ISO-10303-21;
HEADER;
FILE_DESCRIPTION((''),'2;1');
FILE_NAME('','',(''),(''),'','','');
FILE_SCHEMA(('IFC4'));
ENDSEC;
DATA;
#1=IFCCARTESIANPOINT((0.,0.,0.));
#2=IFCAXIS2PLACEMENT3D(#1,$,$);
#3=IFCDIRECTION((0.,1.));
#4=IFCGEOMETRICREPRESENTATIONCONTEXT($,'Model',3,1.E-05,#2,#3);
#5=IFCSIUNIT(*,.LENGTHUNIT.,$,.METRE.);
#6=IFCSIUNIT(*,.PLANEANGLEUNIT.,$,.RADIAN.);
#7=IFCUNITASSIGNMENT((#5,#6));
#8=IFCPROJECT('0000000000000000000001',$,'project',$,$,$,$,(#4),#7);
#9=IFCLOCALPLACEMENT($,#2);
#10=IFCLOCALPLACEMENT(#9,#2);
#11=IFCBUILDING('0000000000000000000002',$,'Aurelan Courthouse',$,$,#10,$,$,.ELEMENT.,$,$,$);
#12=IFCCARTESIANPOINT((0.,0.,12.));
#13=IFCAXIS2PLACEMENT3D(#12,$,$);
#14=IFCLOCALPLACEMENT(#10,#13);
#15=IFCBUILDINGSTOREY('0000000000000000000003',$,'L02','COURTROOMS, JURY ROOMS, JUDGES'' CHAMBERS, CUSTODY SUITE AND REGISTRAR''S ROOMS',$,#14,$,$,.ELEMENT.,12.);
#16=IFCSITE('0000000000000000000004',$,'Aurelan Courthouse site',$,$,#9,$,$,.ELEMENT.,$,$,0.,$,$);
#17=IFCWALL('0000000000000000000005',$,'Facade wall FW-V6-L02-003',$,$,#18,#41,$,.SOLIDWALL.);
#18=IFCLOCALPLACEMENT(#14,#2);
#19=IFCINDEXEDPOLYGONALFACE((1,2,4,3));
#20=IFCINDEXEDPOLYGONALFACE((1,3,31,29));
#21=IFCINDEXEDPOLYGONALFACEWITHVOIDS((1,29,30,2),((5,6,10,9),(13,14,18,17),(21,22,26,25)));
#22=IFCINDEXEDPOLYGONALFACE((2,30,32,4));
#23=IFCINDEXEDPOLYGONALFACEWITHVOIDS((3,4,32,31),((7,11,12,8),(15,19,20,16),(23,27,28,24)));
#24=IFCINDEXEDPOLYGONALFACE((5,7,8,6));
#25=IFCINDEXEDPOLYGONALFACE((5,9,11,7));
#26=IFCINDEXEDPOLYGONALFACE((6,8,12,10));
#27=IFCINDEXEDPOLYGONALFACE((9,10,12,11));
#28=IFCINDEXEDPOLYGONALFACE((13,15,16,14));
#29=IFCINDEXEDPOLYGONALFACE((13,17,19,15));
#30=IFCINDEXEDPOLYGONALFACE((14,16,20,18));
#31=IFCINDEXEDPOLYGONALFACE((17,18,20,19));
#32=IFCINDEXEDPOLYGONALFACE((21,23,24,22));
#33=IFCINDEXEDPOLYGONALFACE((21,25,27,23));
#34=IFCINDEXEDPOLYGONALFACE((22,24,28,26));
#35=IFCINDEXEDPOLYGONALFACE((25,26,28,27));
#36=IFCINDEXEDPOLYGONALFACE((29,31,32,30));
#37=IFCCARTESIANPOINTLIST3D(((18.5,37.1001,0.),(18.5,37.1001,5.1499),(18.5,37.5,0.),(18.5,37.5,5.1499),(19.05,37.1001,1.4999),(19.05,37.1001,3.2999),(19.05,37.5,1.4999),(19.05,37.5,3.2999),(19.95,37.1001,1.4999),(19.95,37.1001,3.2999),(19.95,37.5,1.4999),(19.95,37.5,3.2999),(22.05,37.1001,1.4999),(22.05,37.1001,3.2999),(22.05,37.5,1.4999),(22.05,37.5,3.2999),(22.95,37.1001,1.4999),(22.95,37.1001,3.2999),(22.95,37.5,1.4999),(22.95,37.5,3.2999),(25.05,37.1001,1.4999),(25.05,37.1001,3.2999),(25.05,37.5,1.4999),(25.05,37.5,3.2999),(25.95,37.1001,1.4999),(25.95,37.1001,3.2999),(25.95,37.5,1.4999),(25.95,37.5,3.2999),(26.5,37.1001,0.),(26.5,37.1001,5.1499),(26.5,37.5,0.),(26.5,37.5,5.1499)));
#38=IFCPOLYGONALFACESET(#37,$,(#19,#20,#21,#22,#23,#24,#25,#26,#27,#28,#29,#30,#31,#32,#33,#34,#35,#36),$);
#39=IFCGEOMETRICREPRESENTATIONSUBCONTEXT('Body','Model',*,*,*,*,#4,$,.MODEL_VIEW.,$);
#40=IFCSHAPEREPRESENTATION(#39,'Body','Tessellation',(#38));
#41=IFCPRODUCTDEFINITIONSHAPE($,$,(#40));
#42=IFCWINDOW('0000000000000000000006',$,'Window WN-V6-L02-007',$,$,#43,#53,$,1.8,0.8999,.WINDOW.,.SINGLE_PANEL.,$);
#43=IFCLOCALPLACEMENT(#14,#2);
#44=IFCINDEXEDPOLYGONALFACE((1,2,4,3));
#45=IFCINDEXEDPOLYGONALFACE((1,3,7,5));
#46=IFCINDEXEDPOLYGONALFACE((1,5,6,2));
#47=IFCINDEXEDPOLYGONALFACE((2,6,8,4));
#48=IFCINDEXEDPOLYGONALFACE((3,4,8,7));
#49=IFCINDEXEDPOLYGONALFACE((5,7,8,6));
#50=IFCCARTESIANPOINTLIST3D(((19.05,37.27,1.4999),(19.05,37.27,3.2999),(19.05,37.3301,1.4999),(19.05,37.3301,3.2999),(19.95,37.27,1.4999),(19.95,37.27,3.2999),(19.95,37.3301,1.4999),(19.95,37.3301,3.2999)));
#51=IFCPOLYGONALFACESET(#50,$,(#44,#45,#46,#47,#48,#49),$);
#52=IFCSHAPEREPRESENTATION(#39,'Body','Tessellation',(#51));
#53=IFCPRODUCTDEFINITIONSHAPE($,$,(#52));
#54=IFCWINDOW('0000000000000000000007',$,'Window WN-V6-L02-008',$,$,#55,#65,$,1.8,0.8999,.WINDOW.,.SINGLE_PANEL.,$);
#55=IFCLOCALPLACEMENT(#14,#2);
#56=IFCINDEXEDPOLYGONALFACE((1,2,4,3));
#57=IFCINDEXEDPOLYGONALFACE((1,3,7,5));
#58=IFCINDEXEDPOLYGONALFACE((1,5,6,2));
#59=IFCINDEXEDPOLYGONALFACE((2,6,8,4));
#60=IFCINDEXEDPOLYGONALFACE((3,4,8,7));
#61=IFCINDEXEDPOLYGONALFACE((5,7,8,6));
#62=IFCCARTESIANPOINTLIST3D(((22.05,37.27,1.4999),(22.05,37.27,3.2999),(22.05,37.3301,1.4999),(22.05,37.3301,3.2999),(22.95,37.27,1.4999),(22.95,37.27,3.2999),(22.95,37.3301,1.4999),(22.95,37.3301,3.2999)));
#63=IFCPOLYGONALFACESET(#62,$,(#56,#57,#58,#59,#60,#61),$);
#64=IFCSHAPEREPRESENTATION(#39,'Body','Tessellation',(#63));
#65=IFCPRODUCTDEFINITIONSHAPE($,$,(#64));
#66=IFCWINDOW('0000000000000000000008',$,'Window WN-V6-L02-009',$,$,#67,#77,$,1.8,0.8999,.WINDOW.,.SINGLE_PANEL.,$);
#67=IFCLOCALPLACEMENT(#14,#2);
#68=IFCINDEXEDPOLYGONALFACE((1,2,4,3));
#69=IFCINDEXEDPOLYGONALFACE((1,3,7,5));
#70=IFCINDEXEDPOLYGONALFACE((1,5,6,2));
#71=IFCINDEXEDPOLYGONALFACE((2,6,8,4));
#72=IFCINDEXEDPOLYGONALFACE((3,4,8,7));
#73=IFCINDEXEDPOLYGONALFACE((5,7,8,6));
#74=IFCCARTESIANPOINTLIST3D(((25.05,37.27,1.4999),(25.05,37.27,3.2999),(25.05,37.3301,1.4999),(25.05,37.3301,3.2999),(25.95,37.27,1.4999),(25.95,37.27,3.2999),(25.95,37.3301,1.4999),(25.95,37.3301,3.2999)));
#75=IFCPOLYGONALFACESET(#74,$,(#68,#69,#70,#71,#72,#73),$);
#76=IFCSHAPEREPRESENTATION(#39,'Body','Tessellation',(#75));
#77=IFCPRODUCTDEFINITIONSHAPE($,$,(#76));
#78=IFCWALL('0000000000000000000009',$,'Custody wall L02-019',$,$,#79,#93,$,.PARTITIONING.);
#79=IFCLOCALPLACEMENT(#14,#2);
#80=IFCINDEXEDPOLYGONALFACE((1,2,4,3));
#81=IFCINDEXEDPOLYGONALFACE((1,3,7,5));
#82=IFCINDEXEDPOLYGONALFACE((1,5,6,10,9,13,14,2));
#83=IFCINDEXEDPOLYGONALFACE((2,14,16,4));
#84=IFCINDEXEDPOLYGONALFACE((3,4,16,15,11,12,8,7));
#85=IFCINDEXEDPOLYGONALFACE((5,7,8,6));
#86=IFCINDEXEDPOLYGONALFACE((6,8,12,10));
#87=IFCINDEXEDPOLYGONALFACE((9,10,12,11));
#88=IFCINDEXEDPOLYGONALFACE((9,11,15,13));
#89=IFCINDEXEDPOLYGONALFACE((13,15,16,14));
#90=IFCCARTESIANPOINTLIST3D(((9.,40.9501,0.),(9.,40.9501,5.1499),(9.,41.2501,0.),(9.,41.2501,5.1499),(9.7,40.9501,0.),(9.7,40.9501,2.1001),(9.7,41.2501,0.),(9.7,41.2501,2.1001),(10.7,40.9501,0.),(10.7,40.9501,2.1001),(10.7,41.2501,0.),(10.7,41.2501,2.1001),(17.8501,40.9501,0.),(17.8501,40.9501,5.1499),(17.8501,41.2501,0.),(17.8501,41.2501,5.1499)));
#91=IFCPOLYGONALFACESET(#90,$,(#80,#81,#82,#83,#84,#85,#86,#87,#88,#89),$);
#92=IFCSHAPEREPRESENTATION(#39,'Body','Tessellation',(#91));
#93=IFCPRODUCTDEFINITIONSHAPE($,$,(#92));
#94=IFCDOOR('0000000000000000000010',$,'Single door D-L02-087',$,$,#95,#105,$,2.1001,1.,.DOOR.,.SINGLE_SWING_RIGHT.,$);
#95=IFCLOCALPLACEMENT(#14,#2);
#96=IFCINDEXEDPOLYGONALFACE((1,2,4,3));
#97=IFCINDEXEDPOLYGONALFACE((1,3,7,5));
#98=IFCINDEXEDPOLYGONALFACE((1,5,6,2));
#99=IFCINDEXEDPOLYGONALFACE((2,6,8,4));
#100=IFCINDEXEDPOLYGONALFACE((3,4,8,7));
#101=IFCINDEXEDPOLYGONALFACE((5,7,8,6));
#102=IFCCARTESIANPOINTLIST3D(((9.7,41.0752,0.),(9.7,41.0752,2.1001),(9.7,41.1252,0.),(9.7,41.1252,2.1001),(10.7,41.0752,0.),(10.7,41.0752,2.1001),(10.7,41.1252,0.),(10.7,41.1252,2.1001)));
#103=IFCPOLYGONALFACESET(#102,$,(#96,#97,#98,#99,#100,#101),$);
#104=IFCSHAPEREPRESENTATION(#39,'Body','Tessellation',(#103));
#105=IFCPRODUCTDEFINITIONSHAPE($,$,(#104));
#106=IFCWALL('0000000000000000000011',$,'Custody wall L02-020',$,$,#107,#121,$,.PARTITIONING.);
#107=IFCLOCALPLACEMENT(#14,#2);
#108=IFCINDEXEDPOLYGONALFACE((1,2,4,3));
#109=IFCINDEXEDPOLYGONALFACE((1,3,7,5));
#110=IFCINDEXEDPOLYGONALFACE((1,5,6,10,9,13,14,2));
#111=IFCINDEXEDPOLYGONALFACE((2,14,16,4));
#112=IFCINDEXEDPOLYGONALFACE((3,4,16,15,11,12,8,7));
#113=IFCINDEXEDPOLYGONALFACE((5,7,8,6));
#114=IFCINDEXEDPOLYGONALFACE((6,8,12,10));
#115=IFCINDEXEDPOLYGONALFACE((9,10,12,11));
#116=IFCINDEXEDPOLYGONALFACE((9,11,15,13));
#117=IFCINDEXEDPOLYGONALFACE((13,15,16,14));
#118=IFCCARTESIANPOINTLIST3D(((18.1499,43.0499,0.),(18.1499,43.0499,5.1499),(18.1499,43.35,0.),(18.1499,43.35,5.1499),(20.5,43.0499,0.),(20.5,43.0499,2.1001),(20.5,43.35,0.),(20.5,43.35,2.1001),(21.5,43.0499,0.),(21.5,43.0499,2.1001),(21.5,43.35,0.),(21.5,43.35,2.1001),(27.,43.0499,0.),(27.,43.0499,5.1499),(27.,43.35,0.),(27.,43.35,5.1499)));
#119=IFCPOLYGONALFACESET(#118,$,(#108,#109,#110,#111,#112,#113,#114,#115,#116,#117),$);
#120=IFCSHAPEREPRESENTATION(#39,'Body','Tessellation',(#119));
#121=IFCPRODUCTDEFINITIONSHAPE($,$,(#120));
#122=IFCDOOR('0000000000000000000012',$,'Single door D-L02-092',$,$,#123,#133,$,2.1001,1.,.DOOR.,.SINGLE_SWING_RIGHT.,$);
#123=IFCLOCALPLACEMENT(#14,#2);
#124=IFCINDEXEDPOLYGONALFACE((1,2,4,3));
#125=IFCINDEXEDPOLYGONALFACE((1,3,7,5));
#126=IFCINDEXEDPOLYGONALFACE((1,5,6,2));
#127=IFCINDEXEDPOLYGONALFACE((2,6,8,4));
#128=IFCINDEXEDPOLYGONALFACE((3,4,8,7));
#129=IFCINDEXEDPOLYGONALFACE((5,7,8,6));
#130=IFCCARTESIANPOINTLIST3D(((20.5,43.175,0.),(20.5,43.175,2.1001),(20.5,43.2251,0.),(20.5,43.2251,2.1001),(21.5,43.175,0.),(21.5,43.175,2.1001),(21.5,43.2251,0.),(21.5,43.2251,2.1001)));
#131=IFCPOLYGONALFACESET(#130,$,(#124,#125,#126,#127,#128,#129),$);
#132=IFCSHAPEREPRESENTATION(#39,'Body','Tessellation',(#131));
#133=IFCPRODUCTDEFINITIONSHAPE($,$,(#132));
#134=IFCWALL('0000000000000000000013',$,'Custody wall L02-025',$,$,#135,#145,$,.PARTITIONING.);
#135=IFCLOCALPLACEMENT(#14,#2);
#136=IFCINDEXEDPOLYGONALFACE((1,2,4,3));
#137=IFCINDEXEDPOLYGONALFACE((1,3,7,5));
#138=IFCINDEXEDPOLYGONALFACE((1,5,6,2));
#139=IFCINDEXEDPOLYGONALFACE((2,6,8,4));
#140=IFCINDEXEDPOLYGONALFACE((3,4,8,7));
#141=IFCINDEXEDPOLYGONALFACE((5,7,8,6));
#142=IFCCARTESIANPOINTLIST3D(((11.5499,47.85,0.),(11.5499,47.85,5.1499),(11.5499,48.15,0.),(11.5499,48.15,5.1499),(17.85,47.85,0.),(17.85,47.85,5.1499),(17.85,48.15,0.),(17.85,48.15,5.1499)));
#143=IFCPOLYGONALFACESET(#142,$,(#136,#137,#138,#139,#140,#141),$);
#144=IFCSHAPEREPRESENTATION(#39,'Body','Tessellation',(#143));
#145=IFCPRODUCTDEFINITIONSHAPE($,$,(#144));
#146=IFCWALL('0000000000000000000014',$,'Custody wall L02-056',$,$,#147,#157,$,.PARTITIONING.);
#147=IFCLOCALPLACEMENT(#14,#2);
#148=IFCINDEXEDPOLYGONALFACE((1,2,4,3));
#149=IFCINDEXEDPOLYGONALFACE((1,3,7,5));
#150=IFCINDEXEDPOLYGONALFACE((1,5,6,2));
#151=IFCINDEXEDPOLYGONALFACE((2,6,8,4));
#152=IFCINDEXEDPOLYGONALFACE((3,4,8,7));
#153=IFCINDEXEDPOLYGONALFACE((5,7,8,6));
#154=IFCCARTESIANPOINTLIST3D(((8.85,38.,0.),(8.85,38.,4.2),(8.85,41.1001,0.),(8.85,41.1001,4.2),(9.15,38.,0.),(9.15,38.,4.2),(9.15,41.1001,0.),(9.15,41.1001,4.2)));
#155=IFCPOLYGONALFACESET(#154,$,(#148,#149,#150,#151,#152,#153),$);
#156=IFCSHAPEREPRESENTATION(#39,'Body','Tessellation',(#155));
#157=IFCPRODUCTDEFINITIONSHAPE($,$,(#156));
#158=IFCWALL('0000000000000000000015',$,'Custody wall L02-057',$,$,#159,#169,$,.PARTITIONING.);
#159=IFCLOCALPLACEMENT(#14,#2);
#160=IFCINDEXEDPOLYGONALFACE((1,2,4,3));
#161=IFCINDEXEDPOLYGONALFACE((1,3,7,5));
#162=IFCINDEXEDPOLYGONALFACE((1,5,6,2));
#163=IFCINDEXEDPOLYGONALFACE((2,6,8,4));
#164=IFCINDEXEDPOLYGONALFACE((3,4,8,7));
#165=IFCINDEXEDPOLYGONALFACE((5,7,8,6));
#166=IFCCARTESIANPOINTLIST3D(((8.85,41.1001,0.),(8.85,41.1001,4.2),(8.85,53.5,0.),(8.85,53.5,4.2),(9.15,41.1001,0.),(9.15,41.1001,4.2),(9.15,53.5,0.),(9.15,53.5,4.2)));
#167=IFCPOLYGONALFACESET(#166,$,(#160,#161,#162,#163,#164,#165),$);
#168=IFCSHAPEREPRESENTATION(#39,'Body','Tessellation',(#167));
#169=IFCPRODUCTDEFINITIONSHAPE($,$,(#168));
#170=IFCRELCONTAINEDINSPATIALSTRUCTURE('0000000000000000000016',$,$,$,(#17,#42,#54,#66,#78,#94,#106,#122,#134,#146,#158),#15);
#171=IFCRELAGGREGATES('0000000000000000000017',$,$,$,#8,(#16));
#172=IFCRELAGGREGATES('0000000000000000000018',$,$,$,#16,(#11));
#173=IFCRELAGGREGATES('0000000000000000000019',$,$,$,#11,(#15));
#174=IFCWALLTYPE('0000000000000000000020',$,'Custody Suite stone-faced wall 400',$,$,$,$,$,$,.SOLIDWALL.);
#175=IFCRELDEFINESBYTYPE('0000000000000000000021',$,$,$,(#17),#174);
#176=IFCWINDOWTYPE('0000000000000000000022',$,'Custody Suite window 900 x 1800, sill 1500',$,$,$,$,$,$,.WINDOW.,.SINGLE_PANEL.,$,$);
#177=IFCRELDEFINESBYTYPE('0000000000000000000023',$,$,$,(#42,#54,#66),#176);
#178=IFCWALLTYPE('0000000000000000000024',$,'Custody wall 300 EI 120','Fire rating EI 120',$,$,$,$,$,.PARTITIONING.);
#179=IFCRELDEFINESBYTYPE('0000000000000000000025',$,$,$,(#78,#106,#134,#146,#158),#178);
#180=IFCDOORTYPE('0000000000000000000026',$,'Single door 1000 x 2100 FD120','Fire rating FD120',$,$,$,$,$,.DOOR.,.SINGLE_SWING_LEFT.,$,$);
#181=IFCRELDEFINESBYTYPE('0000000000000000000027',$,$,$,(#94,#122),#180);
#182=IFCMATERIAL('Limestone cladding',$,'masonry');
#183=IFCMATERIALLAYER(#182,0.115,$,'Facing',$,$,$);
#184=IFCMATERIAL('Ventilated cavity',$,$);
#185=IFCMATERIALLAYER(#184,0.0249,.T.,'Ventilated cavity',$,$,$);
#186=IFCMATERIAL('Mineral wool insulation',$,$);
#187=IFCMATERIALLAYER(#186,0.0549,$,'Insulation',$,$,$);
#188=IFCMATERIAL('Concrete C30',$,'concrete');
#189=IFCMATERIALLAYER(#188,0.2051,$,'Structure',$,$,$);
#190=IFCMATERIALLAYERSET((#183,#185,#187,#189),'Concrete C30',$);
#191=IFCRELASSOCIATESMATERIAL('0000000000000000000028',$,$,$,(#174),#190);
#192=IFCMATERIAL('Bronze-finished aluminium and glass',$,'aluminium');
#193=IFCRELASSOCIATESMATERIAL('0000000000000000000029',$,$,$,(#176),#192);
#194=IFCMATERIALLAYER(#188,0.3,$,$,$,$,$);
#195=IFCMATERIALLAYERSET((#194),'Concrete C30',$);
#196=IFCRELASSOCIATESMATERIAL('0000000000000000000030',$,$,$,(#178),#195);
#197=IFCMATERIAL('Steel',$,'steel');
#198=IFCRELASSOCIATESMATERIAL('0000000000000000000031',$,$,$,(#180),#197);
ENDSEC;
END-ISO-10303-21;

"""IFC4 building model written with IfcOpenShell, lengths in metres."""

from ifc_helpers import new_model, si_unit, direction, frame, frame_2d, origin, place, context, subcontext, project, spatial, rectangle, extrude, material, layer, layer_set, type_object, element, fill, save


model = new_model("IFC4")

# Units and contexts
model_context = context("Model", 3, precision=1e-05, world=origin(), true_north=direction((0.0, 1.0)))
body_context = subcontext(model_context, "Body", "Model", "MODEL_VIEW")
ifc_project = project(units=[si_unit("LENGTHUNIT", "METRE"), si_unit("PLANEANGLEUNIT", "RADIAN")], contexts=[model_context])

# Site, building, storey
site_placement = place(None, origin())
site = spatial("IfcSite", under=ifc_project, at=site_placement, Name="Aurelan Courthouse site", CompositionType="ELEMENT", RefElevation=0.0)
building_placement = place(site_placement, origin())
building = spatial("IfcBuilding", under=site, at=building_placement, Name="Aurelan Courthouse", CompositionType="ELEMENT")
storey_placement = place(building_placement, frame((0.0, 0.0, 12.0)))
storey = spatial("IfcBuildingStorey", under=building, at=storey_placement, Name="L02", Description="COURTROOMS, JURY ROOMS, JUDGES' CHAMBERS, CUSTODY SUITE AND REGISTRAR'S ROOMS", CompositionType="ELEMENT", Elevation=12.0)

# Wall, openings, windows
ifc_material_1 = material(Name="Limestone cladding", Category="masonry")
ifc_layer_1 = layer(ifc_material_1, 0.115, Name="Facing")
ifc_material_2 = material(Name="Ventilated cavity")
ifc_layer_2 = layer(ifc_material_2, 0.0249, ventilated=True, Name="Ventilated cavity")
ifc_material_3 = material(Name="Mineral wool insulation")
ifc_layer_3 = layer(ifc_material_3, 0.0549, Name="Insulation")
ifc_material_4 = material(Name="Concrete C30", Category="concrete")
ifc_layer_4 = layer(ifc_material_4, 0.2051, Name="Structure")
ifc_layer_set_1 = layer_set([ifc_layer_1, ifc_layer_2, ifc_layer_3, ifc_layer_4], Name="Concrete C30")
wall_type_1 = type_object("IfcWallType", Name="Custody Suite stone-faced wall 400", PredefinedType="SOLIDWALL", material=ifc_layer_set_1)
ifc_material_5 = material(Name="Bronze-finished aluminium and glass", Category="aluminium")
window_type = type_object("IfcWindowType", Name="Custody Suite window 900 x 1800, sill 1500", PartitioningType="SINGLE_PANEL", PredefinedType="WINDOW", material=ifc_material_5)
wall_1_placement = place(storey_placement, frame((18.5, 37.3, 0.0), z_axis=(0.0, 0.0, 1.0), x_axis=(1.0, 0.0, 0.0)))
wall_1 = element("IfcWall", 1, at=wall_1_placement, inside=storey, type_object=wall_type_1, Name="Facade wall FW-V6-L02-003", PredefinedType="SOLIDWALL", context=body_context, shape_type="SweptSolid", body=[
    extrude(rectangle(XDim=8.0, YDim=0.3999, at=frame_2d((4.0, 0.0))), origin(), (0.0, 0.0, 1.0), 5.1499),
])
opening_1_placement = place(wall_1_placement, frame((0.55, 0.0, 1.5)))
opening_1 = element("IfcOpeningElement", 2, at=opening_1_placement, cuts=wall_1, PredefinedType="OPENING", context=body_context, shape_type="SweptSolid", body=[
    extrude(rectangle(XDim=0.8999, YDim=1.8, at=frame_2d((0.45, 0.8999))), frame((0.0, 0.21, 0.0), z_axis=(0.0, -1.0, 0.0), x_axis=(1.0, 0.0, 0.0)), (0.0, 0.0, 1.0), 0.4199),
])
opening_2_placement = place(wall_1_placement, frame((3.55, 0.0, 1.5)))
opening_2 = element("IfcOpeningElement", 3, at=opening_2_placement, cuts=wall_1, PredefinedType="OPENING", context=body_context, shape_type="SweptSolid", body=[
    extrude(rectangle(XDim=0.8999, YDim=1.8, at=frame_2d((0.45, 0.8999))), frame((0.0, 0.21, 0.0), z_axis=(0.0, -1.0, 0.0), x_axis=(1.0, 0.0, 0.0)), (0.0, 0.0, 1.0), 0.4199),
])
opening_3_placement = place(wall_1_placement, frame((6.55, 0.0, 1.5)))
opening_3 = element("IfcOpeningElement", 4, at=opening_3_placement, cuts=wall_1, PredefinedType="OPENING", context=body_context, shape_type="SweptSolid", body=[
    extrude(rectangle(XDim=0.8999, YDim=1.8, at=frame_2d((0.45, 0.8999))), frame((0.0, 0.21, 0.0), z_axis=(0.0, -1.0, 0.0), x_axis=(1.0, 0.0, 0.0)), (0.0, 0.0, 1.0), 0.4199),
])
window_1_placement = place(opening_1_placement, origin())
window_1 = element("IfcWindow", 5, at=window_1_placement, inside=storey, type_object=window_type, Name="Window WN-V6-L02-007", OverallHeight=1.8, OverallWidth=0.8999, PartitioningType="SINGLE_PANEL", PredefinedType="WINDOW", context=body_context, shape_type="SweptSolid", body=[
    extrude(rectangle(XDim=0.8999, YDim=1.8, at=frame_2d((0.45, 0.8999))), frame((0.0, 0.03, 0.0), z_axis=(0.0, -1.0, 0.0), x_axis=(1.0, 0.0, 0.0)), (0.0, 0.0, 1.0), 0.0601),
])
fill(opening_1, window_1)
window_2_placement = place(opening_2_placement, origin())
window_2 = element("IfcWindow", 6, at=window_2_placement, inside=storey, type_object=window_type, Name="Window WN-V6-L02-008", OverallHeight=1.8, OverallWidth=0.8999, PartitioningType="SINGLE_PANEL", PredefinedType="WINDOW", context=body_context, shape_type="SweptSolid", body=[
    extrude(rectangle(XDim=0.8999, YDim=1.8, at=frame_2d((0.45, 0.8999))), frame((0.0, 0.03, 0.0), z_axis=(0.0, -1.0, 0.0), x_axis=(1.0, 0.0, 0.0)), (0.0, 0.0, 1.0), 0.0601),
])
fill(opening_2, window_2)
window_3_placement = place(opening_3_placement, origin())
window_3 = element("IfcWindow", 7, at=window_3_placement, inside=storey, type_object=window_type, Name="Window WN-V6-L02-009", OverallHeight=1.8, OverallWidth=0.8999, PartitioningType="SINGLE_PANEL", PredefinedType="WINDOW", context=body_context, shape_type="SweptSolid", body=[
    extrude(rectangle(XDim=0.8999, YDim=1.8, at=frame_2d((0.45, 0.8999))), frame((0.0, 0.03, 0.0), z_axis=(0.0, -1.0, 0.0), x_axis=(1.0, 0.0, 0.0)), (0.0, 0.0, 1.0), 0.0601),
])
fill(opening_3, window_3)

# Walls, openings, doors
ifc_layer_5 = layer(ifc_material_4, 0.3)
ifc_layer_set_2 = layer_set([ifc_layer_5], Name="Concrete C30")
wall_type_2 = type_object("IfcWallType", Name="Custody wall 300 EI 120", Description="Fire rating EI 120", PredefinedType="PARTITIONING", material=ifc_layer_set_2)
wall_2_placement = place(storey_placement, frame((9.0, 41.1001, 0.0), z_axis=(0.0, 0.0, 1.0), x_axis=(1.0, 0.0, 0.0)))
wall_2 = element("IfcWall", 8, at=wall_2_placement, inside=storey, type_object=wall_type_2, Name="Custody wall L02-019", PredefinedType="PARTITIONING", context=body_context, shape_type="SweptSolid", body=[
    extrude(rectangle(XDim=8.8501, YDim=0.3, at=frame_2d((4.425, 0.0))), origin(), (0.0, 0.0, 1.0), 5.1499),
])
opening_4_placement = place(wall_2_placement, frame((1.7, 0.0, 0.0), z_axis=(0.0, 0.0, 1.0), x_axis=(-1.0, 0.0, 0.0)))
opening_4 = element("IfcOpeningElement", 9, at=opening_4_placement, cuts=wall_2, PredefinedType="OPENING", context=body_context, shape_type="SweptSolid", body=[
    extrude(rectangle(XDim=1.0, YDim=2.1001, at=frame_2d((0.5, 1.05))), frame((0.0, 0.1599, 0.0), z_axis=(0.0, -1.0, 0.0), x_axis=(1.0, 0.0, 0.0)), (0.0, 0.0, 1.0), 0.3201),
])
ifc_material_6 = material(Name="Steel", Category="steel")
door_type_1 = type_object("IfcDoorType", Name="Single door 1000 x 2100 FD120", Description="Fire rating FD120", OperationType="SINGLE_SWING_LEFT", PredefinedType="DOOR", material=ifc_material_6)
door_1_placement = place(opening_4_placement, origin())
door_1 = element("IfcDoor", 10, at=door_1_placement, inside=storey, type_object=door_type_1, Name="Single door D-L02-087", OperationType="SINGLE_SWING_RIGHT", OverallHeight=2.1001, OverallWidth=1.0, PredefinedType="DOOR", context=body_context, shape_type="SweptSolid", body=[
    extrude(rectangle(XDim=1.0, YDim=2.1001, at=frame_2d((0.5, 1.05))), frame((0.0, 0.0249, 0.0), z_axis=(0.0, -1.0, 0.0), x_axis=(1.0, 0.0, 0.0)), (0.0, 0.0, 1.0), 0.05),
])
fill(opening_4, door_1)
wall_3_placement = place(storey_placement, frame((18.1499, 43.2, 0.0), z_axis=(0.0, 0.0, 1.0), x_axis=(1.0, 0.0, 0.0)))
wall_3 = element("IfcWall", 11, at=wall_3_placement, inside=storey, type_object=wall_type_2, Name="Custody wall L02-020", PredefinedType="PARTITIONING", context=body_context, shape_type="SweptSolid", body=[
    extrude(rectangle(XDim=8.8501, YDim=0.3, at=frame_2d((4.425, 0.0))), origin(), (0.0, 0.0, 1.0), 5.1499),
])
opening_5_placement = place(wall_3_placement, frame((3.3501, 0.0, 0.0), z_axis=(0.0, 0.0, 1.0), x_axis=(-1.0, 0.0, 0.0)))
opening_5 = element("IfcOpeningElement", 12, at=opening_5_placement, cuts=wall_3, PredefinedType="OPENING", context=body_context, shape_type="SweptSolid", body=[
    extrude(rectangle(XDim=1.0, YDim=2.1001, at=frame_2d((0.5, 1.05))), frame((0.0, 0.1599, 0.0), z_axis=(0.0, -1.0, 0.0), x_axis=(1.0, 0.0, 0.0)), (0.0, 0.0, 1.0), 0.3201),
])
door_2_placement = place(opening_5_placement, origin())
door_2 = element("IfcDoor", 13, at=door_2_placement, inside=storey, type_object=door_type_1, Name="Single door D-L02-092", OperationType="SINGLE_SWING_RIGHT", OverallHeight=2.1001, OverallWidth=1.0, PredefinedType="DOOR", context=body_context, shape_type="SweptSolid", body=[
    extrude(rectangle(XDim=1.0, YDim=2.1001, at=frame_2d((0.5, 1.05))), frame((0.0, 0.0249, 0.0), z_axis=(0.0, -1.0, 0.0), x_axis=(1.0, 0.0, 0.0)), (0.0, 0.0, 1.0), 0.05),
])
fill(opening_5, door_2)

# Walls
wall_4_placement = place(storey_placement, frame((11.55, 48.0, 0.0), z_axis=(0.0, 0.0, 1.0), x_axis=(1.0, 0.0, 0.0)))
element("IfcWall", 14, at=wall_4_placement, inside=storey, type_object=wall_type_2, Name="Custody wall L02-025", PredefinedType="PARTITIONING", context=body_context, shape_type="SweptSolid", body=[
    extrude(rectangle(XDim=6.3, YDim=0.3, at=frame_2d((3.1499, 0.0))), origin(), (0.0, 0.0, 1.0), 5.1499),
])
wall_5_placement = place(storey_placement, frame((9.0, 38.0, 0.0), z_axis=(0.0, 0.0, 1.0), x_axis=(0.0, 1.0, 0.0)))
element("IfcWall", 15, at=wall_5_placement, inside=storey, type_object=wall_type_2, Name="Custody wall L02-056", PredefinedType="PARTITIONING", context=body_context, shape_type="SweptSolid", body=[
    extrude(rectangle(XDim=3.1001, YDim=0.3, at=frame_2d((1.55, 0.0))), origin(), (0.0, 0.0, 1.0), 4.2),
])
wall_6_placement = place(storey_placement, frame((9.0, 41.1001, 0.0), z_axis=(0.0, 0.0, 1.0), x_axis=(0.0, 1.0, 0.0)))
element("IfcWall", 16, at=wall_6_placement, inside=storey, type_object=wall_type_2, Name="Custody wall L02-057", PredefinedType="PARTITIONING", context=body_context, shape_type="SweptSolid", body=[
    extrude(rectangle(XDim=12.3999, YDim=0.3, at=frame_2d((6.2, 0.0))), origin(), (0.0, 0.0, 1.0), 4.2),
])

save(model, "model.ifc")
